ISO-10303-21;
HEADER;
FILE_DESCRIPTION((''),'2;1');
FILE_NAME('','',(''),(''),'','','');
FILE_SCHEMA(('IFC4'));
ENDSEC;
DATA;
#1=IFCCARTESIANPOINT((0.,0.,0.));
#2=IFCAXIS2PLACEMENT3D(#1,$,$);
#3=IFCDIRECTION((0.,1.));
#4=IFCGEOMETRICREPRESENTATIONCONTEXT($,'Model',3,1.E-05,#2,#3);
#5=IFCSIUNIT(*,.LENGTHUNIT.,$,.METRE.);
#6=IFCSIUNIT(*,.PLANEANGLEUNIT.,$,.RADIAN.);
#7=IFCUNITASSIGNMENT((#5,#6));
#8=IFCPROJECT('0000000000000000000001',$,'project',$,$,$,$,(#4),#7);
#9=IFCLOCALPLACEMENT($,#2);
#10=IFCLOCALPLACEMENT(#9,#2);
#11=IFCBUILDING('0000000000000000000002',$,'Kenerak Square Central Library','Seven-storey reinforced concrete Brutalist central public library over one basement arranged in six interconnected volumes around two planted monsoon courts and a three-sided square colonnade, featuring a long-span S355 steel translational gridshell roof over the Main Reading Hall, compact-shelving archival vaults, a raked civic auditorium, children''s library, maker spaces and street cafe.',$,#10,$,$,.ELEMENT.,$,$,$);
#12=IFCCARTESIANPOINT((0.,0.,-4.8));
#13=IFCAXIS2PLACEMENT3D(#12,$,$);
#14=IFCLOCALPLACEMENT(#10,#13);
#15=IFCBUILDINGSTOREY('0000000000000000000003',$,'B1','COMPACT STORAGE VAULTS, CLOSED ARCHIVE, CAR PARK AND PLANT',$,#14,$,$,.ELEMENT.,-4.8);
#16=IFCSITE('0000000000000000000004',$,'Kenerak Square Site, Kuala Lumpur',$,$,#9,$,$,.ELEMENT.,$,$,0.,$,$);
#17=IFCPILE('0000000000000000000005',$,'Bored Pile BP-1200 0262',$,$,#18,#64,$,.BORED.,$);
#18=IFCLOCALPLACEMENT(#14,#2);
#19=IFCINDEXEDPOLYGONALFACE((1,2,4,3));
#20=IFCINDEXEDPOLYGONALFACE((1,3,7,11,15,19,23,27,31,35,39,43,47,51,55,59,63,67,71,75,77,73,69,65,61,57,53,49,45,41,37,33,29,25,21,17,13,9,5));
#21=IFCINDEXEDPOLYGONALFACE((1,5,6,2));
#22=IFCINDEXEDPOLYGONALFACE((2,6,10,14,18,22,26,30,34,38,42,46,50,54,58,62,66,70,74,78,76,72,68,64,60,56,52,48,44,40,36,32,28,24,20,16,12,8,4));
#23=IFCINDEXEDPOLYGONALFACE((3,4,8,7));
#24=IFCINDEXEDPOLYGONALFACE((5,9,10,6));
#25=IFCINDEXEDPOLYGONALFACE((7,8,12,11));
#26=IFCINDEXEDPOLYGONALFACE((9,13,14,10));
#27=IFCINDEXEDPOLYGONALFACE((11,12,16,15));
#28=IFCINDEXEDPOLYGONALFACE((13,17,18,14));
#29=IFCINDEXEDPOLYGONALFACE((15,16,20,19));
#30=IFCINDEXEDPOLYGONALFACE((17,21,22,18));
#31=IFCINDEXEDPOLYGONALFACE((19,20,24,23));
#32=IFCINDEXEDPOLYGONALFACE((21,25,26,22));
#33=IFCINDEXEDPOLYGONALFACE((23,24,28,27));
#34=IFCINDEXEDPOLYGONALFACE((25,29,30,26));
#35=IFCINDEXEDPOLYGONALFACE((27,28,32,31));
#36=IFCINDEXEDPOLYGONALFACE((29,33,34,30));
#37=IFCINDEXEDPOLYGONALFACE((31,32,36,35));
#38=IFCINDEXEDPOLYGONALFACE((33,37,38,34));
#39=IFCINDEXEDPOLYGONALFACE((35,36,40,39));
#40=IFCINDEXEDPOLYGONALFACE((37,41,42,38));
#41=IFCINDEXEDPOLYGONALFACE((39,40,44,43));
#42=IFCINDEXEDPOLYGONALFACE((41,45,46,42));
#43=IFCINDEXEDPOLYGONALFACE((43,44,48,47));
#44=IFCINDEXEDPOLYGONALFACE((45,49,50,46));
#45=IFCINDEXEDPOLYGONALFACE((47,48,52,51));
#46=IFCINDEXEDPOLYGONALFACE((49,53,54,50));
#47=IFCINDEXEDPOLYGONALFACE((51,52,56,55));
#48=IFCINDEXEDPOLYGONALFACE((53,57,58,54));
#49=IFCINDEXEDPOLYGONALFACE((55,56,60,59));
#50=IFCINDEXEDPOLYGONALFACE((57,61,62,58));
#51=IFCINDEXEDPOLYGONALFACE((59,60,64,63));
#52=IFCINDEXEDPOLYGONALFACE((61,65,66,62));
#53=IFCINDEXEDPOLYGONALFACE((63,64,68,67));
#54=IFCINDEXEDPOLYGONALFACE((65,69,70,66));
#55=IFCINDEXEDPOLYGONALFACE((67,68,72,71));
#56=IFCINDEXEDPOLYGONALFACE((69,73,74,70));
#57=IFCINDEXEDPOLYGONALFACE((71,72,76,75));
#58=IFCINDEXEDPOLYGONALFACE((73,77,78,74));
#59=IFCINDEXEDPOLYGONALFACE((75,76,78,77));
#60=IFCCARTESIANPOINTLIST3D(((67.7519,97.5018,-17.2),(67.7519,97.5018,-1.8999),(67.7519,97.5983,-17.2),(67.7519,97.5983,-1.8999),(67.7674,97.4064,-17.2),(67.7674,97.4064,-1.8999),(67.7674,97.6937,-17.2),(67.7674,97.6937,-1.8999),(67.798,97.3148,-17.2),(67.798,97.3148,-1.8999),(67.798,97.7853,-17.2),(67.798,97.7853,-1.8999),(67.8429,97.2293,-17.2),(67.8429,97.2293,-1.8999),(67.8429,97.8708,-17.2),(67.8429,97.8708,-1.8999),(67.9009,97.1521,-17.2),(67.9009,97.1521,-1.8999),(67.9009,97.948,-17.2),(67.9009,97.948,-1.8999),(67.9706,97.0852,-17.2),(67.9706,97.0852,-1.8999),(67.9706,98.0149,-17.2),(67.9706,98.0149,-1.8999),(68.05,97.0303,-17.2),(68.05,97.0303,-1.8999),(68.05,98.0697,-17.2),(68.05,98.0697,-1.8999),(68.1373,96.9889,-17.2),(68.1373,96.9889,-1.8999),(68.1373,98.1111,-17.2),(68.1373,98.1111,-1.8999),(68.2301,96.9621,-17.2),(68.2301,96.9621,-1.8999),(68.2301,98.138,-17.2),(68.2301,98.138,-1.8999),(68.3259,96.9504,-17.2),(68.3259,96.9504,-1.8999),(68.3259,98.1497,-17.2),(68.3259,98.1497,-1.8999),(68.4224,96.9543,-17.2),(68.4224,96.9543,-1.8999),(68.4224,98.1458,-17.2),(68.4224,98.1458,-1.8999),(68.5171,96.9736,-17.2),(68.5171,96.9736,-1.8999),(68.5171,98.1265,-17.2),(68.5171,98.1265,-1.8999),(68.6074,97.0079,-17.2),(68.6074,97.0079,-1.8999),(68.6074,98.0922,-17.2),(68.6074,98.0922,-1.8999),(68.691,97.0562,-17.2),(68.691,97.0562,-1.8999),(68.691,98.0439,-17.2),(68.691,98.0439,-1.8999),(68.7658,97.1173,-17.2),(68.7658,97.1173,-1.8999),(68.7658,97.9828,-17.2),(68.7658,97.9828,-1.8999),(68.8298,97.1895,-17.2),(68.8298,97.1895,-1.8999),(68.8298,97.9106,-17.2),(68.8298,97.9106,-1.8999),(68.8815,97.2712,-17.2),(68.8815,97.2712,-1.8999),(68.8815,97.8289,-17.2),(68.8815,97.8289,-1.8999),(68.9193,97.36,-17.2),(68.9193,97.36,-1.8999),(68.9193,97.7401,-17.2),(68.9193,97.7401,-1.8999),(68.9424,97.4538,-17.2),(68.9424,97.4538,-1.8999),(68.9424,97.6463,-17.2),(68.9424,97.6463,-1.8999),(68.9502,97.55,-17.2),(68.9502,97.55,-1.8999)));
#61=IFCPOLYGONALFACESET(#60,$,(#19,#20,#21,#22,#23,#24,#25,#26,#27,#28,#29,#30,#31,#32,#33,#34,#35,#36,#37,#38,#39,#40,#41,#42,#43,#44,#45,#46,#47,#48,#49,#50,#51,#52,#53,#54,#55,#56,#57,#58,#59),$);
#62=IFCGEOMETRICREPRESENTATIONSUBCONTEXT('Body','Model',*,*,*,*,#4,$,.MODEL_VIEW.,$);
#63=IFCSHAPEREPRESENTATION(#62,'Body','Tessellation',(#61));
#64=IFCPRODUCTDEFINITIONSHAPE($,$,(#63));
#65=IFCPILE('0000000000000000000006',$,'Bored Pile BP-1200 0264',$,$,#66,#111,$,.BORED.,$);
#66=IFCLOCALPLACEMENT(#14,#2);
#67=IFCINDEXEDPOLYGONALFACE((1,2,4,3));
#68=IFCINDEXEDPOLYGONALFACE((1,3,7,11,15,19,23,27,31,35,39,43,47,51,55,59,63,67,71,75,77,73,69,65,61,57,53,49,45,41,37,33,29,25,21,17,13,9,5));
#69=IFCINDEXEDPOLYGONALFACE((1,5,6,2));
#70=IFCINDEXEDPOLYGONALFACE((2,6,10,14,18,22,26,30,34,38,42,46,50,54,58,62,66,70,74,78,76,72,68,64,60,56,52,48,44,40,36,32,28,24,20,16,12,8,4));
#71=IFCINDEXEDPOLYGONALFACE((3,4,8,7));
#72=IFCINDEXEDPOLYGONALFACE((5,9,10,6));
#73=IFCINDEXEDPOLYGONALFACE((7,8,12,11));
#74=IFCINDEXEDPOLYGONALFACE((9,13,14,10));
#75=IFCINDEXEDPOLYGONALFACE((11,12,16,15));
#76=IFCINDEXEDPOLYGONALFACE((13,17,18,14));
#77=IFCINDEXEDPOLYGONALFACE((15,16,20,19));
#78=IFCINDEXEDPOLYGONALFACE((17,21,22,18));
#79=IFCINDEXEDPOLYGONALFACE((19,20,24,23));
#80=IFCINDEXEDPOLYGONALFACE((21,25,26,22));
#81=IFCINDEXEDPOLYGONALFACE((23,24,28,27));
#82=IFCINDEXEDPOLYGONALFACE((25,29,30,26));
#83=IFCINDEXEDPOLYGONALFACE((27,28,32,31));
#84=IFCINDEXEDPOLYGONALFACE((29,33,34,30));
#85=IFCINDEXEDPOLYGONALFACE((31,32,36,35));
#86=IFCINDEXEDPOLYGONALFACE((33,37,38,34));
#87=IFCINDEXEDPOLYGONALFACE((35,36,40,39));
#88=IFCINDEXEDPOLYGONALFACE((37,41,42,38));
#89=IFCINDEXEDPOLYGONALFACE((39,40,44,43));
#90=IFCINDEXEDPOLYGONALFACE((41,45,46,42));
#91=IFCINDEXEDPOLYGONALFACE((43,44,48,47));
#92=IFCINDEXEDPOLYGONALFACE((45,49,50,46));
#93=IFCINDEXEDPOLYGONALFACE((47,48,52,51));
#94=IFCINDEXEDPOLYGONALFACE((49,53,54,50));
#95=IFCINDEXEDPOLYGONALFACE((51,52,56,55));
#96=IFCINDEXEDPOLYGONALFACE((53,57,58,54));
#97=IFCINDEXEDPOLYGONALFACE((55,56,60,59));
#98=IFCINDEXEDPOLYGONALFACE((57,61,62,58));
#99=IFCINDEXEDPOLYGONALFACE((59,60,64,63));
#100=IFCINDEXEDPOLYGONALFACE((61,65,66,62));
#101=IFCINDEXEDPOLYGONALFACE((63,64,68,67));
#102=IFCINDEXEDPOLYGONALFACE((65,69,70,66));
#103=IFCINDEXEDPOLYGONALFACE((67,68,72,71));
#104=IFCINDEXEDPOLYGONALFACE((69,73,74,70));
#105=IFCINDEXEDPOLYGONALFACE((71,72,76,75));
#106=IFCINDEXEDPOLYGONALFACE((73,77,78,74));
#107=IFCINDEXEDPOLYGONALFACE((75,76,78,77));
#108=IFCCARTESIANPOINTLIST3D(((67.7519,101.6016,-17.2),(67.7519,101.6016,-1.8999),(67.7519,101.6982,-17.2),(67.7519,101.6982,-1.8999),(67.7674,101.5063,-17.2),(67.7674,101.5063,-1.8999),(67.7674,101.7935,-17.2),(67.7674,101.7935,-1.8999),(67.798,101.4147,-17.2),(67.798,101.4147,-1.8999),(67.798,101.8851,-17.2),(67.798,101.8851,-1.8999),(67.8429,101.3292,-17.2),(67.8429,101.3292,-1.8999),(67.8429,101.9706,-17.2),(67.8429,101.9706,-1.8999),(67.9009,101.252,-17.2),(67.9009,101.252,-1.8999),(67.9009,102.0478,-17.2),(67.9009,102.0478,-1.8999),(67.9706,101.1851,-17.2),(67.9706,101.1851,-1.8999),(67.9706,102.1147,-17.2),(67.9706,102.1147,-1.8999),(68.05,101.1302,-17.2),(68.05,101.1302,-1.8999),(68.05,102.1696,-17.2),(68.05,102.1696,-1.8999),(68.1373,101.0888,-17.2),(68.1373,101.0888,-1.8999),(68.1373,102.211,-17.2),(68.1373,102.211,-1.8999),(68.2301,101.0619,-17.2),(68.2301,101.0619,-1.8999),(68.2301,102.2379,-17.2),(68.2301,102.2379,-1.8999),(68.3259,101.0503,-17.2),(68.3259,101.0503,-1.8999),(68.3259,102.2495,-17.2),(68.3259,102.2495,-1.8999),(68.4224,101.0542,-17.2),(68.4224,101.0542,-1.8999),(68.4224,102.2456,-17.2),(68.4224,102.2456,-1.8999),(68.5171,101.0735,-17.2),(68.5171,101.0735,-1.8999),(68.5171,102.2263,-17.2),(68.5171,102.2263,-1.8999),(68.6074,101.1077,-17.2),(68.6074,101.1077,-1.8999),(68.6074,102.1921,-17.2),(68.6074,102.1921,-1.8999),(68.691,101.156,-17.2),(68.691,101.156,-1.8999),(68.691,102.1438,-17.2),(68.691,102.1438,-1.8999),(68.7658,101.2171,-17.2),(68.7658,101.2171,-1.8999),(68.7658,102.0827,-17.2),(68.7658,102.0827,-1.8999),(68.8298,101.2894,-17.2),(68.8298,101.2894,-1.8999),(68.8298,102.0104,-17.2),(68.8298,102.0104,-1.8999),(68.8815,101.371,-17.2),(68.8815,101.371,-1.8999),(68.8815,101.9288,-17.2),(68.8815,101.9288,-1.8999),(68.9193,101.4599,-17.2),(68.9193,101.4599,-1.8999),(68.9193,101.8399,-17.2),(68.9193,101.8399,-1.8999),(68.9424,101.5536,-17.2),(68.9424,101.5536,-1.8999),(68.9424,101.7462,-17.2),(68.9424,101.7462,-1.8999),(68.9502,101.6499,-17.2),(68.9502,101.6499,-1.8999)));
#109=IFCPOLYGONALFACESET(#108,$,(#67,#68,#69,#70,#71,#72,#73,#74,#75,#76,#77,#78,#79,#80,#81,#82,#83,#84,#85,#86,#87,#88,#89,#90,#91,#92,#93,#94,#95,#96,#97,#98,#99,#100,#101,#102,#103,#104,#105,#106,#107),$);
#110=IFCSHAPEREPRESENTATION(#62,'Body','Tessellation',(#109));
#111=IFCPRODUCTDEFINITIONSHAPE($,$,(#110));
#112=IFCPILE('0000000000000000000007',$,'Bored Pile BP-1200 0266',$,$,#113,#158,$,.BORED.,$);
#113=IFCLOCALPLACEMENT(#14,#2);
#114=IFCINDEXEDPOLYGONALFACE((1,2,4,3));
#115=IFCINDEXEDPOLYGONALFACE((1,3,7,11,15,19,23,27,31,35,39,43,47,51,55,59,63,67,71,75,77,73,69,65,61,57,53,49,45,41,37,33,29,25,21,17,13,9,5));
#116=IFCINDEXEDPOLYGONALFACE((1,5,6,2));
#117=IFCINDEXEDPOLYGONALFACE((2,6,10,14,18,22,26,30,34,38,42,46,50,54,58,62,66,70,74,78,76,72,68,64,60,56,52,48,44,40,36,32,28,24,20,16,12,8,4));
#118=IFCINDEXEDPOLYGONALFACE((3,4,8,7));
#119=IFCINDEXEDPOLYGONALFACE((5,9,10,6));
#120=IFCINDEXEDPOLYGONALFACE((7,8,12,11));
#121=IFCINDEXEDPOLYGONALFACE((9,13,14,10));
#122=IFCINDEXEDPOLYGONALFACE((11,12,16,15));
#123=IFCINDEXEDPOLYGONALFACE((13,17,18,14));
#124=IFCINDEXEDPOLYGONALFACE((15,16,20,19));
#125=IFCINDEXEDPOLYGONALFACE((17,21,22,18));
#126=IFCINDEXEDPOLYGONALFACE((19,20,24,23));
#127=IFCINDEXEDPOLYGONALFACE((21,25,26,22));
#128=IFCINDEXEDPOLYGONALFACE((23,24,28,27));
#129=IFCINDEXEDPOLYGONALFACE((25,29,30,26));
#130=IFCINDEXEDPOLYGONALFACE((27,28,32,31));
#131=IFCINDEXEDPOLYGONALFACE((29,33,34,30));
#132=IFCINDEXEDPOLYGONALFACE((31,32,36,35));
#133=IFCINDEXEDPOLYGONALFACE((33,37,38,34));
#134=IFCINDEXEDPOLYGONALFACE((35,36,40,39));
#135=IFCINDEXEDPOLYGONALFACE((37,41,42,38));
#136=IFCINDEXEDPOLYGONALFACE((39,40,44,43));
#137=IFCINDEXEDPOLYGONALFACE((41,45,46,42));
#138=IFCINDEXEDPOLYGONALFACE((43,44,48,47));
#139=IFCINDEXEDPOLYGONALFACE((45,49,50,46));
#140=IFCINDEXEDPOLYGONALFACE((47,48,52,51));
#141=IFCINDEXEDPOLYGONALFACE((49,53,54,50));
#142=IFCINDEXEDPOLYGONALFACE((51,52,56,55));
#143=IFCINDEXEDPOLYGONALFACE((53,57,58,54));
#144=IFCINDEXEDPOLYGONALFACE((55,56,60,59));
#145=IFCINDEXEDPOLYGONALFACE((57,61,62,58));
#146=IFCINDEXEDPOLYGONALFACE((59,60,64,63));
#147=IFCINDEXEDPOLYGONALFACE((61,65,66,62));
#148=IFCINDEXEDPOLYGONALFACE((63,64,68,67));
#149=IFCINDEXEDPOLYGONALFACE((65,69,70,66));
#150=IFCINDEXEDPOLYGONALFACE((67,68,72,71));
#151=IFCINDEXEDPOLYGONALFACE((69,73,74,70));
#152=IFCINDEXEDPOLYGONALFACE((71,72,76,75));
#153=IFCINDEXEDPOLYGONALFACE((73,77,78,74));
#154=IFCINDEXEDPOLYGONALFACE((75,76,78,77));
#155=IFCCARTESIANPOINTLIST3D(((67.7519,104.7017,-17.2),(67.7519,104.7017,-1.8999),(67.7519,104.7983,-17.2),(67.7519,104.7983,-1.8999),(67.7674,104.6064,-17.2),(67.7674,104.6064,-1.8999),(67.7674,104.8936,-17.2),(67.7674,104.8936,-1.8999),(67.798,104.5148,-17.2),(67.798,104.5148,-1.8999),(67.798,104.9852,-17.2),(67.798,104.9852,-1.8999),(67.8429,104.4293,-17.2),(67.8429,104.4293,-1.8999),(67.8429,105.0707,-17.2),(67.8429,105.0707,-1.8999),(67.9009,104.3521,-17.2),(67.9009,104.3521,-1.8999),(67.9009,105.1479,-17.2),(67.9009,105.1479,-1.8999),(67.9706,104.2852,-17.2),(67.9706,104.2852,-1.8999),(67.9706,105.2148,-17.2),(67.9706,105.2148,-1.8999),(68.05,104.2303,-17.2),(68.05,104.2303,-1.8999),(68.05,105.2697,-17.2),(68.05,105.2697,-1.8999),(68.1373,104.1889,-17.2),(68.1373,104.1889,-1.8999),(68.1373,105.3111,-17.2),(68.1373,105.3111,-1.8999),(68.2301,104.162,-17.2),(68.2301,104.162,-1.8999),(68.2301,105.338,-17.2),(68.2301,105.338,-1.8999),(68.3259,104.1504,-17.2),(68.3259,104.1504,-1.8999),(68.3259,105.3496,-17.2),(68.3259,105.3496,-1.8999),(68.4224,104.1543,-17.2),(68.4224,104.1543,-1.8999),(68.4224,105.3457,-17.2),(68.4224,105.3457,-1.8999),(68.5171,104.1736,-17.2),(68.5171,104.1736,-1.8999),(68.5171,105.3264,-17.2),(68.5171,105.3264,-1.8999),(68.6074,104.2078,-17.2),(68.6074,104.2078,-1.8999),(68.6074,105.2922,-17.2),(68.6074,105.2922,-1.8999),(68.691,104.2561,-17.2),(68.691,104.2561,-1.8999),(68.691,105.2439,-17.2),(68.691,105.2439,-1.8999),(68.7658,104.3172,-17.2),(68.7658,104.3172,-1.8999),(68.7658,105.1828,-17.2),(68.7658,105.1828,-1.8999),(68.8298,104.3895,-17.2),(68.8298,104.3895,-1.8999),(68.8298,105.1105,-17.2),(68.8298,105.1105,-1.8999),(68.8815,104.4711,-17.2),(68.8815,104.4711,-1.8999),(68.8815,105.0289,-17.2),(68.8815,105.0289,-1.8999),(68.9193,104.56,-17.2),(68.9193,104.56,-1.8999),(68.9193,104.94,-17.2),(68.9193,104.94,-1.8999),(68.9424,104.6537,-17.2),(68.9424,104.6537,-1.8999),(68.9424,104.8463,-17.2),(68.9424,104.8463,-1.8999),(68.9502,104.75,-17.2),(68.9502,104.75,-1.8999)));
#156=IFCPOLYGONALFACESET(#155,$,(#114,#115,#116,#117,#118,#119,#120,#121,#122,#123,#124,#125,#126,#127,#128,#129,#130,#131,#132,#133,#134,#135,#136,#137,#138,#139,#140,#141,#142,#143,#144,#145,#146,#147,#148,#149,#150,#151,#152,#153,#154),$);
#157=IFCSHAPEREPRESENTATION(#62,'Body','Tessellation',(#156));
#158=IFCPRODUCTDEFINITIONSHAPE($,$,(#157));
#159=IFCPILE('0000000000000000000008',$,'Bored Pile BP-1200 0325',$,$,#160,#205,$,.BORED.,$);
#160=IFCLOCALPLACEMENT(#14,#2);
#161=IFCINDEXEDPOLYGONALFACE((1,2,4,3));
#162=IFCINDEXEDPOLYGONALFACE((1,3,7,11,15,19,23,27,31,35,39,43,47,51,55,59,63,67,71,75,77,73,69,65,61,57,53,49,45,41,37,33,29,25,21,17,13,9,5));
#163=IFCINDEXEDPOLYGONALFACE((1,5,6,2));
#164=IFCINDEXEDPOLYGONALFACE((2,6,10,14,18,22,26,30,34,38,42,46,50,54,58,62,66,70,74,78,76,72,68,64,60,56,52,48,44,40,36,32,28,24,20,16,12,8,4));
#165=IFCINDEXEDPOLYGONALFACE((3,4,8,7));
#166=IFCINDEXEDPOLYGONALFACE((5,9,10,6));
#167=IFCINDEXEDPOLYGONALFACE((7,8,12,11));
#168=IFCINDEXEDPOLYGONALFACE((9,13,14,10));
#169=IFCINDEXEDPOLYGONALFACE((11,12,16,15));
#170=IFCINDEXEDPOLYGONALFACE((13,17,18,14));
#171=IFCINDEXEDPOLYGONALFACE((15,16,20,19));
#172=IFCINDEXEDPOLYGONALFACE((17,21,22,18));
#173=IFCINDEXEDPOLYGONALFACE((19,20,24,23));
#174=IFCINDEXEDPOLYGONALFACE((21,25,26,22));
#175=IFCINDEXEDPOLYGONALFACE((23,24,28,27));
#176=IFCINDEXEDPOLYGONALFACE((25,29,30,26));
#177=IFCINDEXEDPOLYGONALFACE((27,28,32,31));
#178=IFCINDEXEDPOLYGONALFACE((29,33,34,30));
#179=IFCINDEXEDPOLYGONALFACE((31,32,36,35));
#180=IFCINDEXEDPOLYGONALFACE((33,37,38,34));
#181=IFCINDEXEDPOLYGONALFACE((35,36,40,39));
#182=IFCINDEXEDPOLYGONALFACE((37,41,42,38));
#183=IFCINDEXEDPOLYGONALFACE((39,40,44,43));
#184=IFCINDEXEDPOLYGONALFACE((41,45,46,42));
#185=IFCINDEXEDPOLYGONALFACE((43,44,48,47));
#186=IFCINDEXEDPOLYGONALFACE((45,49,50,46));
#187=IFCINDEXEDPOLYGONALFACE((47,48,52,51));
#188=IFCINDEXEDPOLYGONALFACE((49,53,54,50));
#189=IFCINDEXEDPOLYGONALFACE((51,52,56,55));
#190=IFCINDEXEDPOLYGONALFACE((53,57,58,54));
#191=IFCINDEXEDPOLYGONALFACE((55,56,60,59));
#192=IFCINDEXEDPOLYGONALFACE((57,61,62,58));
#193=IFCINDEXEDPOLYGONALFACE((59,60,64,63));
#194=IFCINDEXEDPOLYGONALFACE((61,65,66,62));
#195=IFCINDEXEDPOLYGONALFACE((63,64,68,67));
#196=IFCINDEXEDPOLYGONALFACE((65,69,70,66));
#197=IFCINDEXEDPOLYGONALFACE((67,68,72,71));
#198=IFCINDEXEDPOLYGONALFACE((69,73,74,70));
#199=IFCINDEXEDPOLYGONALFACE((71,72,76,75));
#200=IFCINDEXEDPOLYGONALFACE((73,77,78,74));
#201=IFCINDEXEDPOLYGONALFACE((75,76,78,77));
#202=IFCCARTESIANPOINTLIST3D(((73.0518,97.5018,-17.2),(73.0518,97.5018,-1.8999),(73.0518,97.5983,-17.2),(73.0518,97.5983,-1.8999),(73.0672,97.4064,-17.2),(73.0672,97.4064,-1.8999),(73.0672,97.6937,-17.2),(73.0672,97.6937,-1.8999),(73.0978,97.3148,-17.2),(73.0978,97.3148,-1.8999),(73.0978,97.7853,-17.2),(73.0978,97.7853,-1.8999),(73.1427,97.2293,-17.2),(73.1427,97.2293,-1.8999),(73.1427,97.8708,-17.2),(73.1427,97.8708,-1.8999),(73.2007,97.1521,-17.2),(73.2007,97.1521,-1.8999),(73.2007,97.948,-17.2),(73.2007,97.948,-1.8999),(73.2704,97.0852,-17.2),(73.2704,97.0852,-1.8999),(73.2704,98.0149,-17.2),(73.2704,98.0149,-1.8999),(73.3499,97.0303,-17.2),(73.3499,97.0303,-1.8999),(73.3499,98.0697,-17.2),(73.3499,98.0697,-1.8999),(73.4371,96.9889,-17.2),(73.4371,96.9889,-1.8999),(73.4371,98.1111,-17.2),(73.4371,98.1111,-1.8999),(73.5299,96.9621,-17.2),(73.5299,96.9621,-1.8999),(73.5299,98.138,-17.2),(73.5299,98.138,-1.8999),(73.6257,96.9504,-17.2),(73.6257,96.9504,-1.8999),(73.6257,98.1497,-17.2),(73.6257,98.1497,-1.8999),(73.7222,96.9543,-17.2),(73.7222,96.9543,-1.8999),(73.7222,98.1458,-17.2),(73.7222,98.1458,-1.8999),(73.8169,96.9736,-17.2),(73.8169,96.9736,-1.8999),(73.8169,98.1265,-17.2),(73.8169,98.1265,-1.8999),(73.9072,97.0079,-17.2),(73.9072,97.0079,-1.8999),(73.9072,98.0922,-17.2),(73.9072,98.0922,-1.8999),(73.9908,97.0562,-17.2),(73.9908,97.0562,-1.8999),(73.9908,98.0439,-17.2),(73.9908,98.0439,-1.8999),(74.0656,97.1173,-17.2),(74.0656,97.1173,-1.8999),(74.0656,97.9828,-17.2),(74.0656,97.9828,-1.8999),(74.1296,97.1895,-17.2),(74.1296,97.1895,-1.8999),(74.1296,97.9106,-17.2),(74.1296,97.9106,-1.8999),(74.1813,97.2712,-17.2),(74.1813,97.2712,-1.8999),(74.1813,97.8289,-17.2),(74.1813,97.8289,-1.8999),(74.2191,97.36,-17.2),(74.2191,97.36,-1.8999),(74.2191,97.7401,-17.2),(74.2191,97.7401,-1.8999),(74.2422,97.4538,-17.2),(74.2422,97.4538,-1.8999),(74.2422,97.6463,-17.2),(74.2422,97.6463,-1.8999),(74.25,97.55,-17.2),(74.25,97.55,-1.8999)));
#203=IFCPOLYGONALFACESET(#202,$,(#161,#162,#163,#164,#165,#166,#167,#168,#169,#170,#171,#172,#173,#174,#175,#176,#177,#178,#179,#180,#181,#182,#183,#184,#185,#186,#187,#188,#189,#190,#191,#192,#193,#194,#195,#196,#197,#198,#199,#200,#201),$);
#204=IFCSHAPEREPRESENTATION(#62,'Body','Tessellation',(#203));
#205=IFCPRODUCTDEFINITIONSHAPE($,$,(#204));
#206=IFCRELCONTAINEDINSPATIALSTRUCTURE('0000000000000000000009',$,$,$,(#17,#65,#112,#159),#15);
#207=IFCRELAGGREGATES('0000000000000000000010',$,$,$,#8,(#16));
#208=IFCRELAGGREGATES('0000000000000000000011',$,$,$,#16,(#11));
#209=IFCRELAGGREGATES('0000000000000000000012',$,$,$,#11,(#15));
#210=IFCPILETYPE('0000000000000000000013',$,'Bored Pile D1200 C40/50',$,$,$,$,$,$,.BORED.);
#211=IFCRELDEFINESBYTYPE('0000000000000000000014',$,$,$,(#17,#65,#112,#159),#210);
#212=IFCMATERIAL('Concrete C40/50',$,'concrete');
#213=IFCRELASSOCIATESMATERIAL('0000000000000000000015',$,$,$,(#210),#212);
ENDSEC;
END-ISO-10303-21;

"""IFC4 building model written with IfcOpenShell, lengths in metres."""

from ifc_helpers import new_model, si_unit, direction, frame, origin, origin_2d, place, context, subcontext, project, spatial, circle, extrude, material, material_profile, profile_set, type_object, element, save


model = new_model("IFC4")

# Units and contexts
model_context = context("Model", 3, precision=1e-05, world=origin(), true_north=direction((0.0, 1.0)))
body_context = subcontext(model_context, "Body", "Model", "MODEL_VIEW")
ifc_project = project(units=[si_unit("LENGTHUNIT", "METRE"), si_unit("PLANEANGLEUNIT", "RADIAN")], contexts=[model_context])

# Site, building, storey
site_placement = place(None, origin())
site = spatial("IfcSite", under=ifc_project, at=site_placement, Name="Kenerak Square Site, Kuala Lumpur", CompositionType="ELEMENT", RefElevation=0.0)
building_placement = place(site_placement, origin())
building = spatial("IfcBuilding", under=site, at=building_placement, Name="Kenerak Square Central Library", Description="Seven-storey reinforced concrete Brutalist central public library over one basement arranged in six interconnected volumes around two planted monsoon courts and a three-sided square colonnade, featuring a long-span S355 steel translational gridshell roof over the Main Reading Hall, compact-shelving archival vaults, a raked civic auditorium, children's library, maker spaces and street cafe.", CompositionType="ELEMENT")
storey_placement = place(building_placement, frame((0.0, 0.0, -4.8)))
storey = spatial("IfcBuildingStorey", under=building, at=storey_placement, Name="B1", Description="COMPACT STORAGE VAULTS, CLOSED ARCHIVE, CAR PARK AND PLANT", CompositionType="ELEMENT", Elevation=-4.8)

# Piles
ifc_material_1 = material(Name="Concrete C40/50", Category="concrete")
ifc_material_profile_1 = material_profile(ifc_material_1, circle(Radius=0.6001, at=origin_2d()), Name="BP D1200")
ifc_profile_set_1 = profile_set([ifc_material_profile_1], Name="Concrete C40/50")
pile_type = type_object("IfcPileType", Name="Bored Pile D1200 C40/50", PredefinedType="BORED", material=ifc_profile_set_1)
for number, where, z_axis, x_axis, name in (
    (1, (68.3501, 97.55, -1.8999), (0.0, 0.0, -1.0), (1.0, 0.0, 0.0), "Bored Pile BP-1200 0262"),
    (2, (68.3501, 101.6499, -1.8999), (0.0, 0.0, -1.0), (1.0, 0.0, 0.0), "Bored Pile BP-1200 0264"),
    (3, (68.3501, 104.75, -1.8999), (0.0, 0.0, -1.0), (1.0, 0.0, 0.0), "Bored Pile BP-1200 0266"),
    (4, (73.6499, 97.55, -1.8999), (0.0, 0.0, -1.0), (1.0, 0.0, 0.0), "Bored Pile BP-1200 0325"),
):
    element("IfcPile", number, at=place(storey_placement, frame(where, z_axis=z_axis, x_axis=x_axis)), inside=storey, type_object=pile_type, Name=name, PredefinedType="BORED", context=body_context, shape_type="SweptSolid", body=[
        extrude(circle(Radius=0.6001, at=origin_2d()), origin(), (0.0, 0.0, 1.0), 15.3),
    ])

save(model, "model.ifc")
